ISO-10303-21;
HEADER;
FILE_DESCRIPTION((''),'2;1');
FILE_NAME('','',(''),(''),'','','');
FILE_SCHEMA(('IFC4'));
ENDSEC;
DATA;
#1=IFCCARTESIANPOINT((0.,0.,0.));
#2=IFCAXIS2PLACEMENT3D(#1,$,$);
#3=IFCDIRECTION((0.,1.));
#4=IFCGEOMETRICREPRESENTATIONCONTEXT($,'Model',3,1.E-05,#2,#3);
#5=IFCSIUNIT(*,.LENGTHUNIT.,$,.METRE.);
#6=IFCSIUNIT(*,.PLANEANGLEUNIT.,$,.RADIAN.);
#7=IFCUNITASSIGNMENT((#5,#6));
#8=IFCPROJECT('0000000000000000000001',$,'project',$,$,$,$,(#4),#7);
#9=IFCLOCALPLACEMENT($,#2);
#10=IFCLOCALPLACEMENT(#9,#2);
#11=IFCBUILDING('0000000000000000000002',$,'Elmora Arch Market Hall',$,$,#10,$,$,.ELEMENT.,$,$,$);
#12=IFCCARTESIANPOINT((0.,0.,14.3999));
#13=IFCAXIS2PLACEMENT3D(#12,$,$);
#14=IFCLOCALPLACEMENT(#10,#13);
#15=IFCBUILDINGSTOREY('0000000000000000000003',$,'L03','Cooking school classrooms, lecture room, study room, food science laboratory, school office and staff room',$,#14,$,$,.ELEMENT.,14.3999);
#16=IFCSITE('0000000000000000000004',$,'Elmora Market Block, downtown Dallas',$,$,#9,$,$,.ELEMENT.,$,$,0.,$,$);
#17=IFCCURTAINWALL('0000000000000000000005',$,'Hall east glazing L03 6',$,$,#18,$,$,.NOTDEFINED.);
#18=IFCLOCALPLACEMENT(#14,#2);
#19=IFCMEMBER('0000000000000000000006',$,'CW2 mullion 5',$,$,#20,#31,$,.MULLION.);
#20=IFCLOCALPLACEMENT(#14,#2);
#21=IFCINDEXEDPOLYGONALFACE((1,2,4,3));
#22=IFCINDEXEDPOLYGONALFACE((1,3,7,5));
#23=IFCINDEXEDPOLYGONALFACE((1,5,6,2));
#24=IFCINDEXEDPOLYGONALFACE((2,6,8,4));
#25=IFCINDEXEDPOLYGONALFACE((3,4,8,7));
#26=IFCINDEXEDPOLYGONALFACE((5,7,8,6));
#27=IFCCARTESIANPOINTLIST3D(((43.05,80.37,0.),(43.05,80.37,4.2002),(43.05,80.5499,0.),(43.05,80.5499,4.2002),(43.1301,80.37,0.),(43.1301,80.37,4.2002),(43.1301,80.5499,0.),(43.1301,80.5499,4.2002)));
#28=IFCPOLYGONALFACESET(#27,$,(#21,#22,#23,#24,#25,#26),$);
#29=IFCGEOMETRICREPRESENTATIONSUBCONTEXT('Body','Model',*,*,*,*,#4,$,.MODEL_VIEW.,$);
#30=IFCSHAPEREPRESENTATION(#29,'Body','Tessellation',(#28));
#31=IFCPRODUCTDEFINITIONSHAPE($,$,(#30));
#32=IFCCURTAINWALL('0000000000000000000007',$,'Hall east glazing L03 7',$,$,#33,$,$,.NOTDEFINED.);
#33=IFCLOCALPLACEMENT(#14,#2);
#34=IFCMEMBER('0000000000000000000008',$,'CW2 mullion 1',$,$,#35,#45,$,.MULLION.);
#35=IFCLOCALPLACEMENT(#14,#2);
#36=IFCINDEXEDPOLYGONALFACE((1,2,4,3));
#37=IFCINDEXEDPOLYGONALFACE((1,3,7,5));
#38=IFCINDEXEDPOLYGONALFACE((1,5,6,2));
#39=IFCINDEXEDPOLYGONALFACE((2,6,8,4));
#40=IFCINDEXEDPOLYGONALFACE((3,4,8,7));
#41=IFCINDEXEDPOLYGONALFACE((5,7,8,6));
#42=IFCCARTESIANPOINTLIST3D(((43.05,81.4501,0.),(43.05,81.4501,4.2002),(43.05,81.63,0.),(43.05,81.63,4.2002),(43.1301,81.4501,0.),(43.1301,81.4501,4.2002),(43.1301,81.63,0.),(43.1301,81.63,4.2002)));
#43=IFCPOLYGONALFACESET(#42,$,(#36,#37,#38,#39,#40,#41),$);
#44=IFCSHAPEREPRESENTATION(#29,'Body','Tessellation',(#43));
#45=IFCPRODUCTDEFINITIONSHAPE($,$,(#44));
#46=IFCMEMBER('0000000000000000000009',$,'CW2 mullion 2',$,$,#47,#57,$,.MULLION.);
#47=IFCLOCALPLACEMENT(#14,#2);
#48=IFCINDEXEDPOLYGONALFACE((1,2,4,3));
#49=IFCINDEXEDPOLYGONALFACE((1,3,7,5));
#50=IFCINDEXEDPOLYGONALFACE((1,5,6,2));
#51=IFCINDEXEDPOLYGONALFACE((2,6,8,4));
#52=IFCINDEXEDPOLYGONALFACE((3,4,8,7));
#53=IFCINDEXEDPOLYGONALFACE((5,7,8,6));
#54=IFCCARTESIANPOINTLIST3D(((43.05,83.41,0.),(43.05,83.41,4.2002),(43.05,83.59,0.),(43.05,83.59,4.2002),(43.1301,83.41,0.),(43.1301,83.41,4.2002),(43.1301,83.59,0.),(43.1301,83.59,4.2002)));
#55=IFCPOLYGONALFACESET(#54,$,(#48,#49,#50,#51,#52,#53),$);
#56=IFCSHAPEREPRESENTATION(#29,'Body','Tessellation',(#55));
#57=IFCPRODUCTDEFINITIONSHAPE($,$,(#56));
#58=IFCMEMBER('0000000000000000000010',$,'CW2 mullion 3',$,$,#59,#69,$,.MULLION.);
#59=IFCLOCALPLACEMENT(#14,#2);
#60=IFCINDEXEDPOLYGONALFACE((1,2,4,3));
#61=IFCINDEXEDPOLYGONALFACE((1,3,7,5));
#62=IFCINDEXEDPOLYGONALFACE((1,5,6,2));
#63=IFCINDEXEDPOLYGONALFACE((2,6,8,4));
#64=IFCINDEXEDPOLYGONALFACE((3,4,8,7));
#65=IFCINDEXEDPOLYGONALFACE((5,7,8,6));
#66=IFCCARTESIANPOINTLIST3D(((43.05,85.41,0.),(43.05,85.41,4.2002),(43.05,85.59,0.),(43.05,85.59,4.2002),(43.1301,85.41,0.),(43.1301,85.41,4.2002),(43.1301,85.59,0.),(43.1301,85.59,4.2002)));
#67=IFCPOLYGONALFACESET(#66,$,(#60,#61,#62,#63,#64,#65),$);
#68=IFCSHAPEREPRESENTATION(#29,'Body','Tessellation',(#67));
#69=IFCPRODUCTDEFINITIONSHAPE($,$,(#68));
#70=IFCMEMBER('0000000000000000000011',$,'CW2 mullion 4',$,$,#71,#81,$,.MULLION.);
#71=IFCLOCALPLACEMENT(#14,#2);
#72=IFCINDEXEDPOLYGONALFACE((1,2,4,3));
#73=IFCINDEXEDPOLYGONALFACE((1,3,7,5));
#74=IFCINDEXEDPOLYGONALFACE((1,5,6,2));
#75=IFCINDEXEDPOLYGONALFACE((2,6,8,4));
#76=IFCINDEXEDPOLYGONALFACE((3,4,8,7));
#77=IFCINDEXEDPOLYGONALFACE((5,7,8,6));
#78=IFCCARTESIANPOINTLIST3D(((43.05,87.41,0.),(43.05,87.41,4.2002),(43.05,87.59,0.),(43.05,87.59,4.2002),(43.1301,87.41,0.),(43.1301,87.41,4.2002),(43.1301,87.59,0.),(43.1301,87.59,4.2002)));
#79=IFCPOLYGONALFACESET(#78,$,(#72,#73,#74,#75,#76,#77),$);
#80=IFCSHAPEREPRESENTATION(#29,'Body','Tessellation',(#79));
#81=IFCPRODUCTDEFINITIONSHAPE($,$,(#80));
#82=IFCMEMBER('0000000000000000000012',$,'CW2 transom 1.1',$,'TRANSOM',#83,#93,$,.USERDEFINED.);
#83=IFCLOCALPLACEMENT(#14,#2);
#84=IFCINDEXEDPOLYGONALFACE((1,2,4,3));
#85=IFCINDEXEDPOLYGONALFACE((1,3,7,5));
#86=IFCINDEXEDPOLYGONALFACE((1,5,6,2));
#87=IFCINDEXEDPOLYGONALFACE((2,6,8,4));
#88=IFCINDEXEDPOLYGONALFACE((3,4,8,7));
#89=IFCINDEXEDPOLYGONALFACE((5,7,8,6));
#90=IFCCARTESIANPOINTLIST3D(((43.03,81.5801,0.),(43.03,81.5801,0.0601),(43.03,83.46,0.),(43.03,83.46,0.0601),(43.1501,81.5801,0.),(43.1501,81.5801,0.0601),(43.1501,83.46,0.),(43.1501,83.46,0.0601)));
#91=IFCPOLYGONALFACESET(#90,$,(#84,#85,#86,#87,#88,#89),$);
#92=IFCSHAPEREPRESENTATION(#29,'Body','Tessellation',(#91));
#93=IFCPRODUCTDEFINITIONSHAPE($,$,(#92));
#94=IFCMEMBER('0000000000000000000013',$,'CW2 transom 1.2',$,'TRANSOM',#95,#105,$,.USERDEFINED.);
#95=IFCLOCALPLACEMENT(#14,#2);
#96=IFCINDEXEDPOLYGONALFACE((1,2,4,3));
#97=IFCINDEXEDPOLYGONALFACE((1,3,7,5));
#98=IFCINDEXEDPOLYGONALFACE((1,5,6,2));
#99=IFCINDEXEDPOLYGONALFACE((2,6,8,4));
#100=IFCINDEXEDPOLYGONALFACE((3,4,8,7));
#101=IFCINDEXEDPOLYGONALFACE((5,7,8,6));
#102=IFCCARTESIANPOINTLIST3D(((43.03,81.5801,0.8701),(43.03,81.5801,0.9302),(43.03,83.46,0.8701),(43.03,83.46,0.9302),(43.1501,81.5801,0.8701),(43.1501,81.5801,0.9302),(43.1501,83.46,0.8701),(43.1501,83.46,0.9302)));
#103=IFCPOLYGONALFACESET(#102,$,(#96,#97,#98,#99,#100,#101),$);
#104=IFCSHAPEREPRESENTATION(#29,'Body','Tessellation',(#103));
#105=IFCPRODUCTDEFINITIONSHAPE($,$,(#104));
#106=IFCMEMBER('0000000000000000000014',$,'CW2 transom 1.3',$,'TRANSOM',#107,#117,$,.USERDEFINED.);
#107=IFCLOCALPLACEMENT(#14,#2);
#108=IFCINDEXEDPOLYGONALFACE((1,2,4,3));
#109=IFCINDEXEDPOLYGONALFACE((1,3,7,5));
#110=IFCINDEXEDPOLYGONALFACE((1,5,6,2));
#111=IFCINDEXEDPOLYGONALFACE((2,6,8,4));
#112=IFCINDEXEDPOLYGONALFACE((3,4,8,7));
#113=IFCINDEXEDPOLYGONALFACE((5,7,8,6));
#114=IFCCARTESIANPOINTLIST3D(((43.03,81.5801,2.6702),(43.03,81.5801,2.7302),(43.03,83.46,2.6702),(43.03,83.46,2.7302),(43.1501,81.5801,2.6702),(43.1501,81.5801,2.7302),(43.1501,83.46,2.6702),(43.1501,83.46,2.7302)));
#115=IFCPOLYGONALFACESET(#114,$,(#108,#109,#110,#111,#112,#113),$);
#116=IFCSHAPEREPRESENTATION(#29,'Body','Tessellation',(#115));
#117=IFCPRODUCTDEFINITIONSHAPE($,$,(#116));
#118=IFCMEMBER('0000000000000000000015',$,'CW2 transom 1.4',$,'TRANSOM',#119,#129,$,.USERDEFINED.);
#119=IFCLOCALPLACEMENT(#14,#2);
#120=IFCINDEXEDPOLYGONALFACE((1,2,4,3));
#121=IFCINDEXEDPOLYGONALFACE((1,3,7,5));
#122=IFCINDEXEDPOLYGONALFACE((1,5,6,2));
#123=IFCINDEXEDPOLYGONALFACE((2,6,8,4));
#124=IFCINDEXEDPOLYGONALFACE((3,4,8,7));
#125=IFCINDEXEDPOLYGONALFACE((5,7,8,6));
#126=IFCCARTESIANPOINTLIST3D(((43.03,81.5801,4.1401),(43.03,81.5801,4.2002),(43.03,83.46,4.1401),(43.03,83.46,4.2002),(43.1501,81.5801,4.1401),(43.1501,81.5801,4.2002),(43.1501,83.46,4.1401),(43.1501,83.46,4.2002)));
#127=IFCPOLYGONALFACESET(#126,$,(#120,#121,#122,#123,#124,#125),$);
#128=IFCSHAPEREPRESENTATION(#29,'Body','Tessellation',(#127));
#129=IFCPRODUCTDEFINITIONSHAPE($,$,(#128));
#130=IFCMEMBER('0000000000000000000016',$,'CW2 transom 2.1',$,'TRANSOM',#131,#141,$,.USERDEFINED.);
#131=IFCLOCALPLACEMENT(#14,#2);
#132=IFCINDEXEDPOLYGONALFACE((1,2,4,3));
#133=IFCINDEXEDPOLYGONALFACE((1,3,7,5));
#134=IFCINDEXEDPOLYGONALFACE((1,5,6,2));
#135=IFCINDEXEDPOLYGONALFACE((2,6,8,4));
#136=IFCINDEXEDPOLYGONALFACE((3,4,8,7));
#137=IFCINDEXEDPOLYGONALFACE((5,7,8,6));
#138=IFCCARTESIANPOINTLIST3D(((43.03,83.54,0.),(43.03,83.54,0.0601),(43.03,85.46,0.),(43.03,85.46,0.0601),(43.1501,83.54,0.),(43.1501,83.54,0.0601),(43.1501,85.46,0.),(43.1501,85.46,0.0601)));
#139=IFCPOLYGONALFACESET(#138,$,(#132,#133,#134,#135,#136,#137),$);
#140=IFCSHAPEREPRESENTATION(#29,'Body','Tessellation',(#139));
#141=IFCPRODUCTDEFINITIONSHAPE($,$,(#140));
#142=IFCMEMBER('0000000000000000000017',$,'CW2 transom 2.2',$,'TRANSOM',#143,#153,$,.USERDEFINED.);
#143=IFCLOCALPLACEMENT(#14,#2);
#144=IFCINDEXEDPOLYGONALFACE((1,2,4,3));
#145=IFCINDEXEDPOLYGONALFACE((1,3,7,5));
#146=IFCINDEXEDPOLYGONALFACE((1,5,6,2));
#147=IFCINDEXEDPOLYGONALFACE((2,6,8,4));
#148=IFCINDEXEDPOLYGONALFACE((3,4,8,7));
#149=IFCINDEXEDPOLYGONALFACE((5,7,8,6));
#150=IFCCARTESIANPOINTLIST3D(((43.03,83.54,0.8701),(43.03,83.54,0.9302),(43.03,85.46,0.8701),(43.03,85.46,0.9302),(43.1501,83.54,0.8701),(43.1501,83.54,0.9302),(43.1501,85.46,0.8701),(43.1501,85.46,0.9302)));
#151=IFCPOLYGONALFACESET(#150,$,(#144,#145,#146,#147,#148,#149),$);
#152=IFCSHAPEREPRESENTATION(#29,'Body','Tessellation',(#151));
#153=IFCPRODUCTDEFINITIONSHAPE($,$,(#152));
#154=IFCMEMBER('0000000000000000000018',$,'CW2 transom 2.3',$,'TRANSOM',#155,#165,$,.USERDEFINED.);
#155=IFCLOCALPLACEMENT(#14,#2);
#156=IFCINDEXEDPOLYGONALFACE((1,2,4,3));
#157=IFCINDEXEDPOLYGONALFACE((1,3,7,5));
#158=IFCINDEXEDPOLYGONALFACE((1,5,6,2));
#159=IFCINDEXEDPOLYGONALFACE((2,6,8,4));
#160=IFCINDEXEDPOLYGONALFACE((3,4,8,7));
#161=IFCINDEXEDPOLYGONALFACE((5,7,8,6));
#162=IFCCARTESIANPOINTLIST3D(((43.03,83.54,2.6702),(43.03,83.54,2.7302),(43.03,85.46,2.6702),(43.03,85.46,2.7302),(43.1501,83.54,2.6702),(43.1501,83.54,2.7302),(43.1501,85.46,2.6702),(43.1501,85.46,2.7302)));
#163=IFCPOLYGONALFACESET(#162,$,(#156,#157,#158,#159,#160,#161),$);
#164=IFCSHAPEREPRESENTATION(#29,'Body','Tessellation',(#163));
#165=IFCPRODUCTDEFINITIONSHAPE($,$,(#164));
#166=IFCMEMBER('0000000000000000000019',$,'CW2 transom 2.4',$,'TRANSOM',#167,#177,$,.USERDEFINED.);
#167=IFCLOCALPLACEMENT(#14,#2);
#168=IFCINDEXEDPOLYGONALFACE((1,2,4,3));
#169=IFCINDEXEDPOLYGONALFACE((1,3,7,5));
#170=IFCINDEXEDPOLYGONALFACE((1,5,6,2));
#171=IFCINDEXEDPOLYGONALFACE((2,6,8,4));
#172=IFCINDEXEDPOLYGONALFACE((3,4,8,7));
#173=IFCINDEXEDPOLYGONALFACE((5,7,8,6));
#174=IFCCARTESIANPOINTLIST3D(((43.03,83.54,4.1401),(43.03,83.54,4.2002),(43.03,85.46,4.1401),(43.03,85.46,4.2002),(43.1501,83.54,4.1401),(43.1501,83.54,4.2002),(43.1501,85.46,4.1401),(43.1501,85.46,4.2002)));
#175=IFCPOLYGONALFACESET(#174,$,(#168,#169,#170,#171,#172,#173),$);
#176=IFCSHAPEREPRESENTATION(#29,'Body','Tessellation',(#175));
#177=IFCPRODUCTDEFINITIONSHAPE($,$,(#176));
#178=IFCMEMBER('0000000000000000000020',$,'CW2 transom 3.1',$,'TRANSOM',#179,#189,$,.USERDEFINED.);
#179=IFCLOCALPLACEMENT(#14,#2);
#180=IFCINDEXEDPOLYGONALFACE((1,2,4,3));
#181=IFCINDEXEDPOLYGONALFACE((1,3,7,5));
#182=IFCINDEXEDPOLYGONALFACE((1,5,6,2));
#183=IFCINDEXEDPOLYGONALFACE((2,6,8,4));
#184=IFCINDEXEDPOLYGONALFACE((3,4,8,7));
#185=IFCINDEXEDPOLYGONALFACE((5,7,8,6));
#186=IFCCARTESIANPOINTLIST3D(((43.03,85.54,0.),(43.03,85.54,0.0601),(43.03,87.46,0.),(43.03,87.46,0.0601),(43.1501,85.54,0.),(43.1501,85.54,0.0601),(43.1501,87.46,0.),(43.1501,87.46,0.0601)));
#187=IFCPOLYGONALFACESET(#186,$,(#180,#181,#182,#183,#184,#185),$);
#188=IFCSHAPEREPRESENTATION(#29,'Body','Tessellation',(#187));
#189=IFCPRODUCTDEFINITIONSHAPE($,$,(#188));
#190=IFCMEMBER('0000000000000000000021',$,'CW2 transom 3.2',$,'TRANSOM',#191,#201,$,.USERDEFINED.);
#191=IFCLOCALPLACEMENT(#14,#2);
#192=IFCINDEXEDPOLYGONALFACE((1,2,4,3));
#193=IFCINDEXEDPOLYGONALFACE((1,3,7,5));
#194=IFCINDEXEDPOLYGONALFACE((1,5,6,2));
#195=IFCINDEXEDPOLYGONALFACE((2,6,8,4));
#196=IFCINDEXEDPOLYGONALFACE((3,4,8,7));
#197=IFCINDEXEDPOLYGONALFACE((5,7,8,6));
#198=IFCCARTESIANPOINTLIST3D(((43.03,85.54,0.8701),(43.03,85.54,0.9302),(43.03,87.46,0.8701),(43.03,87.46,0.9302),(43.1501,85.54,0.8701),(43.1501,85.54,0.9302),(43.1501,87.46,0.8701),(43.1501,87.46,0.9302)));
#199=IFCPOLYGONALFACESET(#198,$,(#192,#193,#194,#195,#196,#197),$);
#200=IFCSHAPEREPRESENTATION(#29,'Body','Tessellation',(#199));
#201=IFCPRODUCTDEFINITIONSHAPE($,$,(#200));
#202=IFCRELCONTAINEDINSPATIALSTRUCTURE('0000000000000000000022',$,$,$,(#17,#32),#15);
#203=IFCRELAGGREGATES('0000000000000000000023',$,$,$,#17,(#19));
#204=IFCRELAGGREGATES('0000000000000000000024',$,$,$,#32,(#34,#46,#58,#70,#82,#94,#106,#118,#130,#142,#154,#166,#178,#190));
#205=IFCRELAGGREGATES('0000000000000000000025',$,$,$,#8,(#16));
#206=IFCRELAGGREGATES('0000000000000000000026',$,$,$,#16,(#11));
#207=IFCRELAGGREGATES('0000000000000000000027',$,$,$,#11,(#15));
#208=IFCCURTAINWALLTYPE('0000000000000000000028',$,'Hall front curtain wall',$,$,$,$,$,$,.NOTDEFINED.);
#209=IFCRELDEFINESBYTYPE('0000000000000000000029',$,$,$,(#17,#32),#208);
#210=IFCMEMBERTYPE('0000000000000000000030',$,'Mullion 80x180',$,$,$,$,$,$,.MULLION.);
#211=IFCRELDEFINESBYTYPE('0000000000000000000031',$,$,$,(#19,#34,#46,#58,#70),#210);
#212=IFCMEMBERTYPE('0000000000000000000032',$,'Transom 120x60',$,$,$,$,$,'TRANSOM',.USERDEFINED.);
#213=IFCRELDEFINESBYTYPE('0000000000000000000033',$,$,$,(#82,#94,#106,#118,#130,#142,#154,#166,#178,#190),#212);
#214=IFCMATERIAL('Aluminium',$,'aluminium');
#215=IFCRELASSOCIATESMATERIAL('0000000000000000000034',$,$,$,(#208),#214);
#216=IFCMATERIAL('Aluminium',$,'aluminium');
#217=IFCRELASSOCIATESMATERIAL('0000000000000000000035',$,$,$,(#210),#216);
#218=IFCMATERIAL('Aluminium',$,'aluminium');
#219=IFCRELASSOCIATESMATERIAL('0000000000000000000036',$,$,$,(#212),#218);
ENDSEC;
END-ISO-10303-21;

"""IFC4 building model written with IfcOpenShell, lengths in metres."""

from ifc_helpers import new_model, si_unit, direction, frame, origin, origin_2d, place, context, subcontext, project, spatial, rectangle, extrude, material, material_profile, profile_set, type_object, element, aggregate, save


model = new_model("IFC4")

# Units and contexts
model_context = context("Model", 3, precision=1e-05, world=origin(), true_north=direction((0.0, 1.0)))
body_context = subcontext(model_context, "Body", "Model", "MODEL_VIEW")
ifc_project = project(units=[si_unit("LENGTHUNIT", "METRE"), si_unit("PLANEANGLEUNIT", "RADIAN")], contexts=[model_context])

# Site, building, storey
site_placement = place(None, origin())
site = spatial("IfcSite", under=ifc_project, at=site_placement, Name="Elmora Market Block, downtown Dallas", CompositionType="ELEMENT", RefElevation=0.0)
building_placement = place(site_placement, origin())
building = spatial("IfcBuilding", under=site, at=building_placement, Name="Elmora Arch Market Hall", CompositionType="ELEMENT")
storey_placement = place(building_placement, frame((0.0, 0.0, 14.3999)))
storey = spatial("IfcBuildingStorey", under=building, at=storey_placement, Name="L03", Description="Cooking school classrooms, lecture room, study room, food science laboratory, school office and staff room", CompositionType="ELEMENT", Elevation=14.3999)

# Curtain wall, member
ifc_material_1 = material(Name="Aluminium", Category="aluminium")
curtain_wall_type = type_object("IfcCurtainWallType", Name="Hall front curtain wall", PredefinedType="NOTDEFINED", material=ifc_material_1)
curtain_wall_1_placement = place(storey_placement, origin())
curtain_wall_1 = element("IfcCurtainWall", 1, at=curtain_wall_1_placement, inside=storey, type_object=curtain_wall_type, Name="Hall east glazing L03 6", PredefinedType="NOTDEFINED")
ifc_material_2 = material(Name="Aluminium", Category="aluminium")
ifc_material_profile_1 = material_profile(ifc_material_2, rectangle(XDim=0.0801, YDim=0.1799, at=origin_2d()), Name="AL 80x180")
ifc_profile_set_1 = profile_set([ifc_material_profile_1], Name="Aluminium")
member_type_1 = type_object("IfcMemberType", Name="Mullion 80x180", PredefinedType="MULLION", material=ifc_profile_set_1)
member_1_placement = place(storey_placement, frame((43.0901, 80.46, 0.0), z_axis=(0.0, 0.0, 1.0), x_axis=(-1.0, 0.0, 0.0)))
member_1 = element("IfcMember", 2, at=member_1_placement, type_object=member_type_1, Name="CW2 mullion 5", PredefinedType="MULLION", context=body_context, shape_type="SweptSolid", body=[
    extrude(rectangle(XDim=0.0801, YDim=0.1799, at=origin_2d()), origin(), (0.0, 0.0, 1.0), 4.2002),
])

# Curtain wall, members
curtain_wall_2_placement = place(storey_placement, origin())
curtain_wall_2 = element("IfcCurtainWall", 3, at=curtain_wall_2_placement, inside=storey, type_object=curtain_wall_type, Name="Hall east glazing L03 7", PredefinedType="NOTDEFINED")
member_2_placement = place(storey_placement, frame((43.0901, 81.54, 0.0), z_axis=(0.0, 0.0, 1.0), x_axis=(-1.0, 0.0, 0.0)))
member_2 = element("IfcMember", 4, at=member_2_placement, type_object=member_type_1, Name="CW2 mullion 1", PredefinedType="MULLION", context=body_context, shape_type="SweptSolid", body=[
    extrude(rectangle(XDim=0.0801, YDim=0.1799, at=origin_2d()), origin(), (0.0, 0.0, 1.0), 4.2002),
])
member_3_placement = place(storey_placement, frame((43.0901, 83.5, 0.0), z_axis=(0.0, 0.0, 1.0), x_axis=(-1.0, 0.0, 0.0)))
member_3 = element("IfcMember", 5, at=member_3_placement, type_object=member_type_1, Name="CW2 mullion 2", PredefinedType="MULLION", context=body_context, shape_type="SweptSolid", body=[
    extrude(rectangle(XDim=0.0801, YDim=0.1799, at=origin_2d()), origin(), (0.0, 0.0, 1.0), 4.2002),
])
member_4_placement = place(storey_placement, frame((43.0901, 85.5, 0.0), z_axis=(0.0, 0.0, 1.0), x_axis=(-1.0, 0.0, 0.0)))
member_4 = element("IfcMember", 6, at=member_4_placement, type_object=member_type_1, Name="CW2 mullion 3", PredefinedType="MULLION", context=body_context, shape_type="SweptSolid", body=[
    extrude(rectangle(XDim=0.0801, YDim=0.1799, at=origin_2d()), origin(), (0.0, 0.0, 1.0), 4.2002),
])
member_5_placement = place(storey_placement, frame((43.0901, 87.5, 0.0), z_axis=(0.0, 0.0, 1.0), x_axis=(-1.0, 0.0, 0.0)))
member_5 = element("IfcMember", 7, at=member_5_placement, type_object=member_type_1, Name="CW2 mullion 4", PredefinedType="MULLION", context=body_context, shape_type="SweptSolid", body=[
    extrude(rectangle(XDim=0.0801, YDim=0.1799, at=origin_2d()), origin(), (0.0, 0.0, 1.0), 4.2002),
])
ifc_material_3 = material(Name="Aluminium", Category="aluminium")
ifc_material_profile_2 = material_profile(ifc_material_3, rectangle(XDim=0.1201, YDim=0.0601, at=origin_2d()), Name="AL 120x60")
ifc_profile_set_2 = profile_set([ifc_material_profile_2], Name="Aluminium")
member_type_2 = type_object("IfcMemberType", Name="Transom 120x60", ElementType="TRANSOM", PredefinedType="USERDEFINED", material=ifc_profile_set_2)
member_6_placement = place(storey_placement, frame((43.0901, 81.5801, 0.03), z_axis=(0.0, 1.0, 0.0), x_axis=(-1.0, 0.0, 0.0)))
member_6 = element("IfcMember", 8, at=member_6_placement, type_object=member_type_2, Name="CW2 transom 1.1", ObjectType="TRANSOM", PredefinedType="USERDEFINED", context=body_context, shape_type="SweptSolid", body=[
    extrude(rectangle(XDim=0.1201, YDim=0.0601, at=origin_2d()), origin(), (0.0, 0.0, 1.0), 1.8799),
])
member_7_placement = place(storey_placement, frame((43.0901, 81.5801, 0.9001), z_axis=(0.0, 1.0, 0.0), x_axis=(-1.0, 0.0, 0.0)))
member_7 = element("IfcMember", 9, at=member_7_placement, type_object=member_type_2, Name="CW2 transom 1.2", ObjectType="TRANSOM", PredefinedType="USERDEFINED", context=body_context, shape_type="SweptSolid", body=[
    extrude(rectangle(XDim=0.1201, YDim=0.0601, at=origin_2d()), origin(), (0.0, 0.0, 1.0), 1.8799),
])
member_8_placement = place(storey_placement, frame((43.0901, 81.5801, 2.7002), z_axis=(0.0, 1.0, 0.0), x_axis=(-1.0, 0.0, 0.0)))
member_8 = element("IfcMember", 10, at=member_8_placement, type_object=member_type_2, Name="CW2 transom 1.3", ObjectType="TRANSOM", PredefinedType="USERDEFINED", context=body_context, shape_type="SweptSolid", body=[
    extrude(rectangle(XDim=0.1201, YDim=0.0601, at=origin_2d()), origin(), (0.0, 0.0, 1.0), 1.8799),
])
member_9_placement = place(storey_placement, frame((43.0901, 81.5801, 4.1702), z_axis=(0.0, 1.0, 0.0), x_axis=(-1.0, 0.0, 0.0)))
member_9 = element("IfcMember", 11, at=member_9_placement, type_object=member_type_2, Name="CW2 transom 1.4", ObjectType="TRANSOM", PredefinedType="USERDEFINED", context=body_context, shape_type="SweptSolid", body=[
    extrude(rectangle(XDim=0.1201, YDim=0.0601, at=origin_2d()), origin(), (0.0, 0.0, 1.0), 1.8799),
])
member_10_placement = place(storey_placement, frame((43.0901, 83.54, 0.03), z_axis=(0.0, 1.0, 0.0), x_axis=(-1.0, 0.0, 0.0)))
member_10 = element("IfcMember", 12, at=member_10_placement, type_object=member_type_2, Name="CW2 transom 2.1", ObjectType="TRANSOM", PredefinedType="USERDEFINED", context=body_context, shape_type="SweptSolid", body=[
    extrude(rectangle(XDim=0.1201, YDim=0.0601, at=origin_2d()), origin(), (0.0, 0.0, 1.0), 1.9199),
])
member_11_placement = place(storey_placement, frame((43.0901, 83.54, 0.9001), z_axis=(0.0, 1.0, 0.0), x_axis=(-1.0, 0.0, 0.0)))
member_11 = element("IfcMember", 13, at=member_11_placement, type_object=member_type_2, Name="CW2 transom 2.2", ObjectType="TRANSOM", PredefinedType="USERDEFINED", context=body_context, shape_type="SweptSolid", body=[
    extrude(rectangle(XDim=0.1201, YDim=0.0601, at=origin_2d()), origin(), (0.0, 0.0, 1.0), 1.9199),
])
member_12_placement = place(storey_placement, frame((43.0901, 83.54, 2.7002), z_axis=(0.0, 1.0, 0.0), x_axis=(-1.0, 0.0, 0.0)))
member_12 = element("IfcMember", 14, at=member_12_placement, type_object=member_type_2, Name="CW2 transom 2.3", ObjectType="TRANSOM", PredefinedType="USERDEFINED", context=body_context, shape_type="SweptSolid", body=[
    extrude(rectangle(XDim=0.1201, YDim=0.0601, at=origin_2d()), origin(), (0.0, 0.0, 1.0), 1.9199),
])
member_13_placement = place(storey_placement, frame((43.0901, 83.54, 4.1702), z_axis=(0.0, 1.0, 0.0), x_axis=(-1.0, 0.0, 0.0)))
member_13 = element("IfcMember", 15, at=member_13_placement, type_object=member_type_2, Name="CW2 transom 2.4", ObjectType="TRANSOM", PredefinedType="USERDEFINED", context=body_context, shape_type="SweptSolid", body=[
    extrude(rectangle(XDim=0.1201, YDim=0.0601, at=origin_2d()), origin(), (0.0, 0.0, 1.0), 1.9199),
])
member_14_placement = place(storey_placement, frame((43.0901, 85.54, 0.03), z_axis=(0.0, 1.0, 0.0), x_axis=(-1.0, 0.0, 0.0)))
member_14 = element("IfcMember", 16, at=member_14_placement, type_object=member_type_2, Name="CW2 transom 3.1", ObjectType="TRANSOM", PredefinedType="USERDEFINED", context=body_context, shape_type="SweptSolid", body=[
    extrude(rectangle(XDim=0.1201, YDim=0.0601, at=origin_2d()), origin(), (0.0, 0.0, 1.0), 1.9199),
])
member_15_placement = place(storey_placement, frame((43.0901, 85.54, 0.9001), z_axis=(0.0, 1.0, 0.0), x_axis=(-1.0, 0.0, 0.0)))
member_15 = element("IfcMember", 17, at=member_15_placement, type_object=member_type_2, Name="CW2 transom 3.2", ObjectType="TRANSOM", PredefinedType="USERDEFINED", context=body_context, shape_type="SweptSolid", body=[
    extrude(rectangle(XDim=0.1201, YDim=0.0601, at=origin_2d()), origin(), (0.0, 0.0, 1.0), 1.9199),
])

aggregate(curtain_wall_1, [member_1])
aggregate(curtain_wall_2, [member_2, member_3, member_4, member_5, member_6, member_7, member_8, member_9, member_10, member_11, member_12, member_13, member_14, member_15])

save(model, "model.ifc")
